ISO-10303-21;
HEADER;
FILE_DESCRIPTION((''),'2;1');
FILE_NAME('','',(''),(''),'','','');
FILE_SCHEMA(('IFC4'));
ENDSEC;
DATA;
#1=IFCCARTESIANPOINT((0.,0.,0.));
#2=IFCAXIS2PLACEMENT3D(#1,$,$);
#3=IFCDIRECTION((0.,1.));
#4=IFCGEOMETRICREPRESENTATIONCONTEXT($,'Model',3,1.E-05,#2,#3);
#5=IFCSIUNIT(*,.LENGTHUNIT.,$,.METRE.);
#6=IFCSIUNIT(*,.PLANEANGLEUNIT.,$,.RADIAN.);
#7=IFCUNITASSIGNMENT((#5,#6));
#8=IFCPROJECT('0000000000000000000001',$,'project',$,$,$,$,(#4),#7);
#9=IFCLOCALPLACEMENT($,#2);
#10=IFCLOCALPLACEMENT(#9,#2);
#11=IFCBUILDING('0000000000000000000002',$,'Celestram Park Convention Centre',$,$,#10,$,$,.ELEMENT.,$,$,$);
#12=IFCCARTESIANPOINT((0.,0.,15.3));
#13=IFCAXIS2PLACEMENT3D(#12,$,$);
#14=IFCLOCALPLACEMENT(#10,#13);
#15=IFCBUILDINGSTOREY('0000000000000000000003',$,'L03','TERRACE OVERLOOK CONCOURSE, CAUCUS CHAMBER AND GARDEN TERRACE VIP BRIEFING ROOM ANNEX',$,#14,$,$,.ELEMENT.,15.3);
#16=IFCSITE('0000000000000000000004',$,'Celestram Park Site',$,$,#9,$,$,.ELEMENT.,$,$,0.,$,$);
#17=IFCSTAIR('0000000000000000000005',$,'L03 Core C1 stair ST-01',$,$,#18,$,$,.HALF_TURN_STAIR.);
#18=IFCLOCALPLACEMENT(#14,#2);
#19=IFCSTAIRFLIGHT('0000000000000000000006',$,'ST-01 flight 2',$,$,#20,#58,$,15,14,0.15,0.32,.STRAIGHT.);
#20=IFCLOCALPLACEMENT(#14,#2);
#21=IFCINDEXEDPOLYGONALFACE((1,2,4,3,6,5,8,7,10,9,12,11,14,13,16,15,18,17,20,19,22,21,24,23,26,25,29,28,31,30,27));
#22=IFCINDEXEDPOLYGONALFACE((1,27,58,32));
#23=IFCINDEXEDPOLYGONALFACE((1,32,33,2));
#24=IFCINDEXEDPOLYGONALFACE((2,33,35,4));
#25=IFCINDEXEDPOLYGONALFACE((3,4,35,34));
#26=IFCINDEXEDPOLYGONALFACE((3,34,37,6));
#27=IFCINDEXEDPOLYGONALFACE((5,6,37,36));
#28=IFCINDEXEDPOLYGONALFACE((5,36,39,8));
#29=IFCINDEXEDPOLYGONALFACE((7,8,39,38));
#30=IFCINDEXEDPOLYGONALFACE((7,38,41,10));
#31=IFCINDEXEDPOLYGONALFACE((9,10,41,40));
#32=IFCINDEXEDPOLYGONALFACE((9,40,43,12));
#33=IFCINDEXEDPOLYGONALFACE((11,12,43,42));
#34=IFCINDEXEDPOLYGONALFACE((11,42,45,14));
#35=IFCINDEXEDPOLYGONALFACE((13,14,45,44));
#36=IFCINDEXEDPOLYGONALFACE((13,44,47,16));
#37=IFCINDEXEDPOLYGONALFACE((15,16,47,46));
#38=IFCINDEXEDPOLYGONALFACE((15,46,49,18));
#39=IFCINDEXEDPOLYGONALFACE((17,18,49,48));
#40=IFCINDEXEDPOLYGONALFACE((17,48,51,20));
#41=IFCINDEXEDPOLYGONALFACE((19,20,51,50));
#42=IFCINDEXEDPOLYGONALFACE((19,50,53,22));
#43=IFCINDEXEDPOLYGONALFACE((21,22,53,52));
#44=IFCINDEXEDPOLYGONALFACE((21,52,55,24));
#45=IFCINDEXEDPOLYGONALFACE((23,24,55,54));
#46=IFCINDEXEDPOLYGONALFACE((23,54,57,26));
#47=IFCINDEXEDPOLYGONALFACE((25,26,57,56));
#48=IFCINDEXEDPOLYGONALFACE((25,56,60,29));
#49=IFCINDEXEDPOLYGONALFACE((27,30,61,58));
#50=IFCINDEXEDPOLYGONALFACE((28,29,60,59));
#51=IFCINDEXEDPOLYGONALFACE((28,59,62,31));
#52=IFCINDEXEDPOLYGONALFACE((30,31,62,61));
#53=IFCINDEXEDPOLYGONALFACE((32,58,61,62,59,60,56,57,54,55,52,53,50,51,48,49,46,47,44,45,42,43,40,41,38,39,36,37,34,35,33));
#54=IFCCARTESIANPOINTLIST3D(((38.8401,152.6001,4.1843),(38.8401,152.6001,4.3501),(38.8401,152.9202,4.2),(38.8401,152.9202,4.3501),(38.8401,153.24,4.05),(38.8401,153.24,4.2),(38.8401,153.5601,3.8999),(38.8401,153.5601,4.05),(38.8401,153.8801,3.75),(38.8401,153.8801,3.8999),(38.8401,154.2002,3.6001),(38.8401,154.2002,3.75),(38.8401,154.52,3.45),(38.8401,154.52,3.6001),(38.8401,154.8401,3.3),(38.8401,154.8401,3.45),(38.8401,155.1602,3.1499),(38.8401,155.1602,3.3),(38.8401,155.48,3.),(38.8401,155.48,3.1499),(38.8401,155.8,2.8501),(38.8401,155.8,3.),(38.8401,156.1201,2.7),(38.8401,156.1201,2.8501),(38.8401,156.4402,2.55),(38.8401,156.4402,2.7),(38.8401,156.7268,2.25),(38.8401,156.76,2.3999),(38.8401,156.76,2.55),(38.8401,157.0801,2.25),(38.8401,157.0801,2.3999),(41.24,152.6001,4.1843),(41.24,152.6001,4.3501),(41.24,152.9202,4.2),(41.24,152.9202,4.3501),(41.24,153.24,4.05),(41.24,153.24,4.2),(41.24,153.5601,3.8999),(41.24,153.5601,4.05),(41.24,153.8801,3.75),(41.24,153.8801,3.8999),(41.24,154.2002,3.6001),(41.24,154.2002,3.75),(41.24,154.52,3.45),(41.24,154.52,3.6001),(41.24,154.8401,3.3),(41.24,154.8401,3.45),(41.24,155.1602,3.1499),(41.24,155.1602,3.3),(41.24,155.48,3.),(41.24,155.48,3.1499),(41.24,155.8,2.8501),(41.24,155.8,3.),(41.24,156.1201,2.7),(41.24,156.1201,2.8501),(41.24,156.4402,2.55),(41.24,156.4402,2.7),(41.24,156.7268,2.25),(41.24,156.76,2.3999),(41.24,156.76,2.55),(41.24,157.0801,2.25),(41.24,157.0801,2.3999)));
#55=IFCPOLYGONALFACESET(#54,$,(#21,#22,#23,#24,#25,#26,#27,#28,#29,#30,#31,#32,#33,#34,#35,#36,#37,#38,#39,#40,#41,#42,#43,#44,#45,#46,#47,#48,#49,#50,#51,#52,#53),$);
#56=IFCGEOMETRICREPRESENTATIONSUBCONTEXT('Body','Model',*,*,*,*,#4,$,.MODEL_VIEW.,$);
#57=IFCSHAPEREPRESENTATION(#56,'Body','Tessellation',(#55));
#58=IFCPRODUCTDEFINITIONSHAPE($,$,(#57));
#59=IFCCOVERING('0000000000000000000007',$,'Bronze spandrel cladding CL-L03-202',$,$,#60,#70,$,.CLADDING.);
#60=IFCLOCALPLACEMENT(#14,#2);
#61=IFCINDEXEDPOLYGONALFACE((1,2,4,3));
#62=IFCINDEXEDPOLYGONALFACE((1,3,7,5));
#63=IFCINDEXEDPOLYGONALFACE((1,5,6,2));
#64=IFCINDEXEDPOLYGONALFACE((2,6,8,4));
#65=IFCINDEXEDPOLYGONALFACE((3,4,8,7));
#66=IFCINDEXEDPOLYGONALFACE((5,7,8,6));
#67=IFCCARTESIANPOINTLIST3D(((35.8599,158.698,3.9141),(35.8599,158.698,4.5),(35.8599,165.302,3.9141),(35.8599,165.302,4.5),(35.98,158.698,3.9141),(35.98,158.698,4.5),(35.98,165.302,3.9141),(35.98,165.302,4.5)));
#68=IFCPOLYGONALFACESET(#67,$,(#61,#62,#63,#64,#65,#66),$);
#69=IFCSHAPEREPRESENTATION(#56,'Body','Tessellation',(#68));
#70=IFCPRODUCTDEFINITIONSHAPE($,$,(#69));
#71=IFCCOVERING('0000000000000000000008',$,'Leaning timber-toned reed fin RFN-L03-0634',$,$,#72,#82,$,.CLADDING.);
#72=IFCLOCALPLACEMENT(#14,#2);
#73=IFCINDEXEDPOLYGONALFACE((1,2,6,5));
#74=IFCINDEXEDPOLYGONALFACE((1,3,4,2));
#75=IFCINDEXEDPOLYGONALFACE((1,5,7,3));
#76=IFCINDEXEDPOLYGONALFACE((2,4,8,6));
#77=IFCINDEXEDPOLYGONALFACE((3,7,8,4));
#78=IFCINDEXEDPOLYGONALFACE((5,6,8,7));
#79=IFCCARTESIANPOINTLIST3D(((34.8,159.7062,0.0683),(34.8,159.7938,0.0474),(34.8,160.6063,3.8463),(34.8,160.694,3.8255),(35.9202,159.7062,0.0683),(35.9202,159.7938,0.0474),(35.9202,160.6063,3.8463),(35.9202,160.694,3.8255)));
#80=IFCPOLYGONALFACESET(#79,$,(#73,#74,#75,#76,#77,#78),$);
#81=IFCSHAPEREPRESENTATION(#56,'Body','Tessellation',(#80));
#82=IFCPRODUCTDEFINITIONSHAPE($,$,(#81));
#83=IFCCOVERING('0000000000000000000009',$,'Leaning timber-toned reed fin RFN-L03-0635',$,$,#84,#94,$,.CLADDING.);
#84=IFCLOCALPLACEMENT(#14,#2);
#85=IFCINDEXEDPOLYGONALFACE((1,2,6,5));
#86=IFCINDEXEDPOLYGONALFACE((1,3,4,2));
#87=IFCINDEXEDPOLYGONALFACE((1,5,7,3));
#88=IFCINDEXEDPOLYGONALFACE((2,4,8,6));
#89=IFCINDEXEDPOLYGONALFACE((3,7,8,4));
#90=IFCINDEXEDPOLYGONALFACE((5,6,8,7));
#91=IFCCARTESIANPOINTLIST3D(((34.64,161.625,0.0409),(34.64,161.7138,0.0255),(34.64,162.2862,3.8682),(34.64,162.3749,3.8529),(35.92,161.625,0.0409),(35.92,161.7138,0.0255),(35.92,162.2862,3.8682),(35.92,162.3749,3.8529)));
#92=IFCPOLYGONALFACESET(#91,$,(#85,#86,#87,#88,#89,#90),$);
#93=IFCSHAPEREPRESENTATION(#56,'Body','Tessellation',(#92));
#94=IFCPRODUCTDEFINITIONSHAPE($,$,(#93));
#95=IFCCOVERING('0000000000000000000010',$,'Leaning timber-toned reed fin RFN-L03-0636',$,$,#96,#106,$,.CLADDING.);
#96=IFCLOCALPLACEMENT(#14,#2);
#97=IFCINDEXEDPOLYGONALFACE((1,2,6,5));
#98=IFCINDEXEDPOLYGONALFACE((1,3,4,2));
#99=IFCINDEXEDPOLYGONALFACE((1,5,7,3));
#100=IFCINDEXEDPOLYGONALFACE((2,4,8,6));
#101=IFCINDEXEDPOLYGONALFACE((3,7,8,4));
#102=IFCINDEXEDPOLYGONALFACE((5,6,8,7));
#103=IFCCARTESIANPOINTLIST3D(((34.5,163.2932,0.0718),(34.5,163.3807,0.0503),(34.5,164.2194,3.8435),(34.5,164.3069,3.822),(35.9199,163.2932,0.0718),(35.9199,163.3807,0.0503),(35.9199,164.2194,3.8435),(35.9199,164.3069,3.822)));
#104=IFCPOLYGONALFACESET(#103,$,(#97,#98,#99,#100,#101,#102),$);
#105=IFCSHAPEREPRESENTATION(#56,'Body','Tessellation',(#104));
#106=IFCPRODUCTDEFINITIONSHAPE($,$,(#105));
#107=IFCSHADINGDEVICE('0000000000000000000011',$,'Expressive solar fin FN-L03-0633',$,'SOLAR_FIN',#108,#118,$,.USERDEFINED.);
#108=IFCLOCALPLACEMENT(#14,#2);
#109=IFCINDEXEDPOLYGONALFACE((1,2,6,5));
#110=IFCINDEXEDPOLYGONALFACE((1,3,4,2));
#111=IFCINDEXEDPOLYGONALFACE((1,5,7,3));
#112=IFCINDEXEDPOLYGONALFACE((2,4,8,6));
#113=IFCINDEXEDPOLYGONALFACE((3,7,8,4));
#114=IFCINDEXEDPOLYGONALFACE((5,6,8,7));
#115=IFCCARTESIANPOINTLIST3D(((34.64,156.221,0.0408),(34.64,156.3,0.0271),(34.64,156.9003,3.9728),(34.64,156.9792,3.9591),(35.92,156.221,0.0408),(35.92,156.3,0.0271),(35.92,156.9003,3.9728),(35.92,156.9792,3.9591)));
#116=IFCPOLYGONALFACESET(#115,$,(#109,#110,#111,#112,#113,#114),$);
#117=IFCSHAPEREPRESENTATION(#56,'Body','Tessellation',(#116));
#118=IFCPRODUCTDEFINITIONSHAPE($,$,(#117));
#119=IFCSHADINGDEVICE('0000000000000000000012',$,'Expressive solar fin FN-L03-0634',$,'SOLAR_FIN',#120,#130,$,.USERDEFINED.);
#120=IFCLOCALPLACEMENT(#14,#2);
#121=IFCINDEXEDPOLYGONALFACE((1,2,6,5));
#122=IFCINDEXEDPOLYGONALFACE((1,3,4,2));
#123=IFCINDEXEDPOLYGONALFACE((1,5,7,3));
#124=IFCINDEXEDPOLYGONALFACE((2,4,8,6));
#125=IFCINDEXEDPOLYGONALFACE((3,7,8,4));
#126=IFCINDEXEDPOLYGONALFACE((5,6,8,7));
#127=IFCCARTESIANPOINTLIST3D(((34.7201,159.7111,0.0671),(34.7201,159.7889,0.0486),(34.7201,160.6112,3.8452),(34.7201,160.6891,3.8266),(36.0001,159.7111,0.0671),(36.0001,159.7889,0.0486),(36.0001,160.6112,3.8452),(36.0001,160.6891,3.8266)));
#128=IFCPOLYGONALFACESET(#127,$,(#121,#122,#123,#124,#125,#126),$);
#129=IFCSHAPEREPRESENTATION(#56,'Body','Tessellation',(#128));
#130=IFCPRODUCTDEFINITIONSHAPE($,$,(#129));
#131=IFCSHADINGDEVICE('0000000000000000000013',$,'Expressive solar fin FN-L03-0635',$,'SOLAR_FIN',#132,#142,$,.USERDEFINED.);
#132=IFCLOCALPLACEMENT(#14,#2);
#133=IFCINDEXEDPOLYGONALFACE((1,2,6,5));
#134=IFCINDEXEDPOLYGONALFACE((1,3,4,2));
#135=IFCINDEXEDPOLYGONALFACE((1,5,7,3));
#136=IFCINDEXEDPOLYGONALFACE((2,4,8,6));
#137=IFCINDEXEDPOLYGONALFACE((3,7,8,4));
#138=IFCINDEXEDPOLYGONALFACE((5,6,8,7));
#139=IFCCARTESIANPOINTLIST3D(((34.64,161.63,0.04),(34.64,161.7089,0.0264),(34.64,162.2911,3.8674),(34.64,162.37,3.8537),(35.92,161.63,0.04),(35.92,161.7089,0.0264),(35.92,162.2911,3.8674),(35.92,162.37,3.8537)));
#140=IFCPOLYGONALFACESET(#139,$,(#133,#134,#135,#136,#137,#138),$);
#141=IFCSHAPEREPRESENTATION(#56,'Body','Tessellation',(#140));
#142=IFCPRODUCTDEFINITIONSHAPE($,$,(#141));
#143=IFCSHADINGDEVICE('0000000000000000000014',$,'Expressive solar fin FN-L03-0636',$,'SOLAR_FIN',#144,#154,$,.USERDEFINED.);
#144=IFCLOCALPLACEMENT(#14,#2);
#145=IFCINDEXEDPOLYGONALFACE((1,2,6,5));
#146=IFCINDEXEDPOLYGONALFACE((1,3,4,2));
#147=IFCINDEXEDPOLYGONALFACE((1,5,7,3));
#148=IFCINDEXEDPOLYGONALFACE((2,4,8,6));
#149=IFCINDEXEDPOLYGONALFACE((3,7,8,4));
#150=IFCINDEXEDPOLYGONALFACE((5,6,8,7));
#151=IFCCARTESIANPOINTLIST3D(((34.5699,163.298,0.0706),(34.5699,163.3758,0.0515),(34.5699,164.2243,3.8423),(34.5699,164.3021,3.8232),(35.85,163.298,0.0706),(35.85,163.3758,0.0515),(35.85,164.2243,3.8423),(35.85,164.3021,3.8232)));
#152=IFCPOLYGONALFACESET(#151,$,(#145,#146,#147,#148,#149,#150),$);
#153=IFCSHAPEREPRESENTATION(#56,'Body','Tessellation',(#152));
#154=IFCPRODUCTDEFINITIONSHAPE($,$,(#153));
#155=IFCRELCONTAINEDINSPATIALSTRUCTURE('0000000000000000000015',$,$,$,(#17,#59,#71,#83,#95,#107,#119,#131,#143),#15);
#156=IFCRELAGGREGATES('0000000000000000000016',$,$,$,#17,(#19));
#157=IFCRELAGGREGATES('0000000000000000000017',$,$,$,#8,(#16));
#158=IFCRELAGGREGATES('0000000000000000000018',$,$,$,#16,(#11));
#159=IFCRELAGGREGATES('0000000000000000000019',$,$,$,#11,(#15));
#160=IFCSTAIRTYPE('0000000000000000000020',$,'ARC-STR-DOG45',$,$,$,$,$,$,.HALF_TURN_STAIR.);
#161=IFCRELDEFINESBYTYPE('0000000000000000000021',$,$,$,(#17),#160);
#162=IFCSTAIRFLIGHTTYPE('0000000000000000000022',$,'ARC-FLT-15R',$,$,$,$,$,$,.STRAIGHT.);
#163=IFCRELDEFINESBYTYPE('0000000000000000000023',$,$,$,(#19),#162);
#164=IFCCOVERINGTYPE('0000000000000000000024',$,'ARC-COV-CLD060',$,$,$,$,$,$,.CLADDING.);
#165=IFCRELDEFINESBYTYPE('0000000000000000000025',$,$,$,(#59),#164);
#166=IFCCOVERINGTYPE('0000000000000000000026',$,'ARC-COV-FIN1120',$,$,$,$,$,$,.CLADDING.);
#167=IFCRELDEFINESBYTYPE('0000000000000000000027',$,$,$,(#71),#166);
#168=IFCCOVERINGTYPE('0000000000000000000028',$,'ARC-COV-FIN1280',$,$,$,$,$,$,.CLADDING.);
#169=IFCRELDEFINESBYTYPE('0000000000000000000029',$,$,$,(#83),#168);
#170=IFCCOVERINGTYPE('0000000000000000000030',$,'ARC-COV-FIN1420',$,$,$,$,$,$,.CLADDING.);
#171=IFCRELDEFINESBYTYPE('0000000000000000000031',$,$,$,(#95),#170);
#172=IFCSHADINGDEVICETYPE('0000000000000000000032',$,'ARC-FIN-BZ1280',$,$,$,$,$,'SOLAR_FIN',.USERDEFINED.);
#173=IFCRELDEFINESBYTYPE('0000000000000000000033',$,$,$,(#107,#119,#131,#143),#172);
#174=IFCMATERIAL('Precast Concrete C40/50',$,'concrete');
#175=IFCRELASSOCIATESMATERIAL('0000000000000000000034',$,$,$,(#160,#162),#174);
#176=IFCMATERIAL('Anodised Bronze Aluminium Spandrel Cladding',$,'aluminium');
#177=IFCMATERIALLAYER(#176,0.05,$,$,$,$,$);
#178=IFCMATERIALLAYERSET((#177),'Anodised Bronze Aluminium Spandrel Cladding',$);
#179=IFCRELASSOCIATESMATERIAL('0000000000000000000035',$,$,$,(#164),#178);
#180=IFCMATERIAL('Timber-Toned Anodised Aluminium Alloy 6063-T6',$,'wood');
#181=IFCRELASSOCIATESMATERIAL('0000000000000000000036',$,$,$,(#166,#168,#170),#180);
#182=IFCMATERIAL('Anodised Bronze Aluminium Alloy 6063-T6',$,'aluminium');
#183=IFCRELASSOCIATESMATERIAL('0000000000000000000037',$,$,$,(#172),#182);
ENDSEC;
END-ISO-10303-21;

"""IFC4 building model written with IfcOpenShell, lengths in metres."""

from ifc_helpers import new_model, si_unit, direction, frame, origin, origin_2d, place, context, subcontext, project, spatial, polyline, rectangle, outline, extrude, material, layer, layer_set, material_profile, profile_set, type_object, element, aggregate, save


model = new_model("IFC4")

# Units and contexts
model_context = context("Model", 3, precision=1e-05, world=origin(), true_north=direction((0.0, 1.0)))
body_context = subcontext(model_context, "Body", "Model", "MODEL_VIEW")
ifc_project = project(units=[si_unit("LENGTHUNIT", "METRE"), si_unit("PLANEANGLEUNIT", "RADIAN")], contexts=[model_context])

# Site, building, storey
site_placement = place(None, origin())
site = spatial("IfcSite", under=ifc_project, at=site_placement, Name="Celestram Park Site", CompositionType="ELEMENT", RefElevation=0.0)
building_placement = place(site_placement, origin())
building = spatial("IfcBuilding", under=site, at=building_placement, Name="Celestram Park Convention Centre", CompositionType="ELEMENT")
storey_placement = place(building_placement, frame((0.0, 0.0, 15.3)))
storey = spatial("IfcBuildingStorey", under=building, at=storey_placement, Name="L03", Description="TERRACE OVERLOOK CONCOURSE, CAUCUS CHAMBER AND GARDEN TERRACE VIP BRIEFING ROOM ANNEX", CompositionType="ELEMENT", Elevation=15.3)

# Stair, stair flight
ifc_material_1 = material(Name="Precast Concrete C40/50", Category="concrete")
stair_type = type_object("IfcStairType", Name="ARC-STR-DOG45", PredefinedType="HALF_TURN_STAIR", material=ifc_material_1)
stair_placement = place(storey_placement, origin())
stair = element("IfcStair", 1, at=stair_placement, inside=storey, type_object=stair_type, Name="L03 Core C1 stair ST-01", PredefinedType="HALF_TURN_STAIR")
stair_flight_type = type_object("IfcStairFlightType", Name="ARC-FLT-15R", PredefinedType="STRAIGHT", material=ifc_material_1)
stair_flight_placement = place(storey_placement, frame((40.04, 157.0801, 2.25), z_axis=(0.0, 0.0, 1.0), x_axis=(0.0, -1.0, 0.0)))
stair_flight = element("IfcStairFlight", 2, at=stair_flight_placement, type_object=stair_flight_type, Name="ST-01 flight 2", NumberOfRisers=15, NumberOfTreads=14, PredefinedType="STRAIGHT", RiserHeight=0.15, TreadLength=0.32, context=body_context, shape_type="SweptSolid", body=[
    extrude(outline(polyline([(0.0, 0.0), (0.0, 0.1499), (0.3201, 0.1499), (0.3201, 0.3), (0.6399, 0.3), (0.6399, 0.45), (0.96, 0.45), (0.96, 0.6001), (1.28, 0.6001), (1.28, 0.75), (1.6001, 0.75), (1.6001, 0.8999), (1.9199, 0.8999), (1.9199, 1.05), (2.24, 1.05), (2.24, 1.2), (2.5601, 1.2), (2.5601, 1.3501), (2.8799, 1.3501), (2.8799, 1.5), (3.2, 1.5), (3.2, 1.6499), (3.52, 1.6499), (3.52, 1.8), (3.8401, 1.8), (3.8401, 1.95), (4.1599, 1.95), (4.1599, 2.1001), (4.48, 2.1001), (4.48, 2.25), (4.48, 1.9343), (0.3533, 0.0), (0.0, 0.0)])), frame((0.0, 1.2, 0.0), z_axis=(0.0, -1.0, 0.0), x_axis=(1.0, 0.0, 0.0)), (0.0, 0.0, 1.0), 2.3999),
])
aggregate(stair, [stair_flight])

# Coverings
ifc_material_2 = material(Name="Anodised Bronze Aluminium Spandrel Cladding", Category="aluminium")
ifc_layer_1 = layer(ifc_material_2, 0.05)
ifc_layer_set_1 = layer_set([ifc_layer_1], Name="Anodised Bronze Aluminium Spandrel Cladding")
covering_type_1 = type_object("IfcCoveringType", Name="ARC-COV-CLD060", PredefinedType="CLADDING", material=ifc_layer_set_1)
covering_1_placement = place(storey_placement, frame((35.9199, 162.0, 3.9141), z_axis=(0.0, 0.0, 1.0), x_axis=(0.0, 1.0, 0.0)))
element("IfcCovering", 3, at=covering_1_placement, inside=storey, type_object=covering_type_1, Name="Bronze spandrel cladding CL-L03-202", PredefinedType="CLADDING", context=body_context, shape_type="SweptSolid", body=[
    extrude(rectangle(XDim=6.604, YDim=0.1201, at=origin_2d()), origin(), (0.0, 0.0, 1.0), 0.5859),
])
ifc_material_3 = material(Name="Timber-Toned Anodised Aluminium Alloy 6063-T6", Category="wood")
ifc_material_profile_1 = material_profile(ifc_material_3, rectangle(XDim=1.1201, YDim=0.0901, at=origin_2d()), Name="REED1120X90")
ifc_profile_set_1 = profile_set([ifc_material_profile_1], Name="Timber-Toned Anodised Aluminium Alloy 6063-T6")
covering_type_2 = type_object("IfcCoveringType", Name="ARC-COV-FIN1120", PredefinedType="CLADDING", material=ifc_profile_set_1)
covering_2_placement = place(storey_placement, frame((35.3601, 159.75, 0.0579), z_axis=(0.0, 0.231768, 0.972771), x_axis=(-1.0, 0.0, 0.0)))
element("IfcCovering", 4, at=covering_2_placement, inside=storey, type_object=covering_type_2, Name="Leaning timber-toned reed fin RFN-L03-0634", PredefinedType="CLADDING", context=body_context, shape_type="SweptSolid", body=[
    extrude(rectangle(XDim=1.1201, YDim=0.0901, at=origin_2d()), origin(), (0.0, 0.0, 1.0), 3.8838),
])
ifc_material_profile_2 = material_profile(ifc_material_3, rectangle(XDim=1.28, YDim=0.0901, at=origin_2d()), Name="REED1280X90")
ifc_profile_set_2 = profile_set([ifc_material_profile_2], Name="Timber-Toned Anodised Aluminium Alloy 6063-T6")
covering_type_3 = type_object("IfcCoveringType", Name="ARC-COV-FIN1280", PredefinedType="CLADDING", material=ifc_profile_set_2)
covering_3_placement = place(storey_placement, frame((35.28, 161.6694, 0.0332), z_axis=(0.0, 0.170216, 0.985407), x_axis=(-1.0, 0.0, 0.0)))
element("IfcCovering", 5, at=covering_3_placement, inside=storey, type_object=covering_type_3, Name="Leaning timber-toned reed fin RFN-L03-0635", PredefinedType="CLADDING", context=body_context, shape_type="SweptSolid", body=[
    extrude(rectangle(XDim=1.28, YDim=0.0901, at=origin_2d()), origin(), (0.0, 0.0, 1.0), 3.884),
])
ifc_material_profile_3 = material_profile(ifc_material_3, rectangle(XDim=1.4199, YDim=0.0901, at=origin_2d()), Name="REED1420X90")
ifc_profile_set_3 = profile_set([ifc_material_profile_3], Name="Timber-Toned Anodised Aluminium Alloy 6063-T6")
covering_type_4 = type_object("IfcCoveringType", Name="ARC-COV-FIN1420", PredefinedType="CLADDING", material=ifc_profile_set_3)
covering_4_placement = place(storey_placement, frame((35.21, 163.3369, 0.061), z_axis=(0.0, 0.238496, 0.971144), x_axis=(-1.0, 0.0, 0.0)))
element("IfcCovering", 6, at=covering_4_placement, inside=storey, type_object=covering_type_4, Name="Leaning timber-toned reed fin RFN-L03-0636", PredefinedType="CLADDING", context=body_context, shape_type="SweptSolid", body=[
    extrude(rectangle(XDim=1.4199, YDim=0.0901, at=origin_2d()), origin(), (0.0, 0.0, 1.0), 3.8838),
])

# Shading devices
ifc_material_4 = material(Name="Anodised Bronze Aluminium Alloy 6063-T6", Category="aluminium")
ifc_material_profile_4 = material_profile(ifc_material_4, rectangle(XDim=1.28, YDim=0.0801, at=origin_2d()), Name="FIN1280X80")
ifc_profile_set_4 = profile_set([ifc_material_profile_4], Name="Anodised Bronze Aluminium Alloy 6063-T6")
shading_device_type = type_object("IfcShadingDeviceType", Name="ARC-FIN-BZ1280", ElementType="SOLAR_FIN", PredefinedType="USERDEFINED", material=ifc_profile_set_4)
shading_device_1_placement = place(storey_placement, frame((35.28, 156.2605, 0.0339), z_axis=(0.0, 0.17022, 0.985406), x_axis=(-1.0, 0.0, 0.0)))
element("IfcShadingDevice", 7, at=shading_device_1_placement, inside=storey, type_object=shading_device_type, Name="Expressive solar fin FN-L03-0633", ObjectType="SOLAR_FIN", PredefinedType="USERDEFINED", context=body_context, shape_type="SweptSolid", body=[
    extrude(rectangle(XDim=1.28, YDim=0.0801, at=origin_2d()), origin(), (0.0, 0.0, 1.0), 3.9902),
])
shading_device_2_placement = place(storey_placement, frame((35.3601, 159.75, 0.0579), z_axis=(0.0, 0.231768, 0.972771), x_axis=(-1.0, 0.0, 0.0)))
element("IfcShadingDevice", 8, at=shading_device_2_placement, inside=storey, type_object=shading_device_type, Name="Expressive solar fin FN-L03-0634", ObjectType="SOLAR_FIN", PredefinedType="USERDEFINED", context=body_context, shape_type="SweptSolid", body=[
    extrude(rectangle(XDim=1.28, YDim=0.0801, at=origin_2d()), origin(), (0.0, 0.0, 1.0), 3.8838),
])
shading_device_3_placement = place(storey_placement, frame((35.28, 161.6694, 0.0332), z_axis=(0.0, 0.170216, 0.985407), x_axis=(-1.0, 0.0, 0.0)))
element("IfcShadingDevice", 9, at=shading_device_3_placement, inside=storey, type_object=shading_device_type, Name="Expressive solar fin FN-L03-0635", ObjectType="SOLAR_FIN", PredefinedType="USERDEFINED", context=body_context, shape_type="SweptSolid", body=[
    extrude(rectangle(XDim=1.28, YDim=0.0801, at=origin_2d()), origin(), (0.0, 0.0, 1.0), 3.884),
])
shading_device_4_placement = place(storey_placement, frame((35.21, 163.3369, 0.061), z_axis=(0.0, 0.238496, 0.971144), x_axis=(-1.0, 0.0, 0.0)))
element("IfcShadingDevice", 10, at=shading_device_4_placement, inside=storey, type_object=shading_device_type, Name="Expressive solar fin FN-L03-0636", ObjectType="SOLAR_FIN", PredefinedType="USERDEFINED", context=body_context, shape_type="SweptSolid", body=[
    extrude(rectangle(XDim=1.28, YDim=0.0801, at=origin_2d()), origin(), (0.0, 0.0, 1.0), 3.8838),
])

save(model, "model.ifc")
